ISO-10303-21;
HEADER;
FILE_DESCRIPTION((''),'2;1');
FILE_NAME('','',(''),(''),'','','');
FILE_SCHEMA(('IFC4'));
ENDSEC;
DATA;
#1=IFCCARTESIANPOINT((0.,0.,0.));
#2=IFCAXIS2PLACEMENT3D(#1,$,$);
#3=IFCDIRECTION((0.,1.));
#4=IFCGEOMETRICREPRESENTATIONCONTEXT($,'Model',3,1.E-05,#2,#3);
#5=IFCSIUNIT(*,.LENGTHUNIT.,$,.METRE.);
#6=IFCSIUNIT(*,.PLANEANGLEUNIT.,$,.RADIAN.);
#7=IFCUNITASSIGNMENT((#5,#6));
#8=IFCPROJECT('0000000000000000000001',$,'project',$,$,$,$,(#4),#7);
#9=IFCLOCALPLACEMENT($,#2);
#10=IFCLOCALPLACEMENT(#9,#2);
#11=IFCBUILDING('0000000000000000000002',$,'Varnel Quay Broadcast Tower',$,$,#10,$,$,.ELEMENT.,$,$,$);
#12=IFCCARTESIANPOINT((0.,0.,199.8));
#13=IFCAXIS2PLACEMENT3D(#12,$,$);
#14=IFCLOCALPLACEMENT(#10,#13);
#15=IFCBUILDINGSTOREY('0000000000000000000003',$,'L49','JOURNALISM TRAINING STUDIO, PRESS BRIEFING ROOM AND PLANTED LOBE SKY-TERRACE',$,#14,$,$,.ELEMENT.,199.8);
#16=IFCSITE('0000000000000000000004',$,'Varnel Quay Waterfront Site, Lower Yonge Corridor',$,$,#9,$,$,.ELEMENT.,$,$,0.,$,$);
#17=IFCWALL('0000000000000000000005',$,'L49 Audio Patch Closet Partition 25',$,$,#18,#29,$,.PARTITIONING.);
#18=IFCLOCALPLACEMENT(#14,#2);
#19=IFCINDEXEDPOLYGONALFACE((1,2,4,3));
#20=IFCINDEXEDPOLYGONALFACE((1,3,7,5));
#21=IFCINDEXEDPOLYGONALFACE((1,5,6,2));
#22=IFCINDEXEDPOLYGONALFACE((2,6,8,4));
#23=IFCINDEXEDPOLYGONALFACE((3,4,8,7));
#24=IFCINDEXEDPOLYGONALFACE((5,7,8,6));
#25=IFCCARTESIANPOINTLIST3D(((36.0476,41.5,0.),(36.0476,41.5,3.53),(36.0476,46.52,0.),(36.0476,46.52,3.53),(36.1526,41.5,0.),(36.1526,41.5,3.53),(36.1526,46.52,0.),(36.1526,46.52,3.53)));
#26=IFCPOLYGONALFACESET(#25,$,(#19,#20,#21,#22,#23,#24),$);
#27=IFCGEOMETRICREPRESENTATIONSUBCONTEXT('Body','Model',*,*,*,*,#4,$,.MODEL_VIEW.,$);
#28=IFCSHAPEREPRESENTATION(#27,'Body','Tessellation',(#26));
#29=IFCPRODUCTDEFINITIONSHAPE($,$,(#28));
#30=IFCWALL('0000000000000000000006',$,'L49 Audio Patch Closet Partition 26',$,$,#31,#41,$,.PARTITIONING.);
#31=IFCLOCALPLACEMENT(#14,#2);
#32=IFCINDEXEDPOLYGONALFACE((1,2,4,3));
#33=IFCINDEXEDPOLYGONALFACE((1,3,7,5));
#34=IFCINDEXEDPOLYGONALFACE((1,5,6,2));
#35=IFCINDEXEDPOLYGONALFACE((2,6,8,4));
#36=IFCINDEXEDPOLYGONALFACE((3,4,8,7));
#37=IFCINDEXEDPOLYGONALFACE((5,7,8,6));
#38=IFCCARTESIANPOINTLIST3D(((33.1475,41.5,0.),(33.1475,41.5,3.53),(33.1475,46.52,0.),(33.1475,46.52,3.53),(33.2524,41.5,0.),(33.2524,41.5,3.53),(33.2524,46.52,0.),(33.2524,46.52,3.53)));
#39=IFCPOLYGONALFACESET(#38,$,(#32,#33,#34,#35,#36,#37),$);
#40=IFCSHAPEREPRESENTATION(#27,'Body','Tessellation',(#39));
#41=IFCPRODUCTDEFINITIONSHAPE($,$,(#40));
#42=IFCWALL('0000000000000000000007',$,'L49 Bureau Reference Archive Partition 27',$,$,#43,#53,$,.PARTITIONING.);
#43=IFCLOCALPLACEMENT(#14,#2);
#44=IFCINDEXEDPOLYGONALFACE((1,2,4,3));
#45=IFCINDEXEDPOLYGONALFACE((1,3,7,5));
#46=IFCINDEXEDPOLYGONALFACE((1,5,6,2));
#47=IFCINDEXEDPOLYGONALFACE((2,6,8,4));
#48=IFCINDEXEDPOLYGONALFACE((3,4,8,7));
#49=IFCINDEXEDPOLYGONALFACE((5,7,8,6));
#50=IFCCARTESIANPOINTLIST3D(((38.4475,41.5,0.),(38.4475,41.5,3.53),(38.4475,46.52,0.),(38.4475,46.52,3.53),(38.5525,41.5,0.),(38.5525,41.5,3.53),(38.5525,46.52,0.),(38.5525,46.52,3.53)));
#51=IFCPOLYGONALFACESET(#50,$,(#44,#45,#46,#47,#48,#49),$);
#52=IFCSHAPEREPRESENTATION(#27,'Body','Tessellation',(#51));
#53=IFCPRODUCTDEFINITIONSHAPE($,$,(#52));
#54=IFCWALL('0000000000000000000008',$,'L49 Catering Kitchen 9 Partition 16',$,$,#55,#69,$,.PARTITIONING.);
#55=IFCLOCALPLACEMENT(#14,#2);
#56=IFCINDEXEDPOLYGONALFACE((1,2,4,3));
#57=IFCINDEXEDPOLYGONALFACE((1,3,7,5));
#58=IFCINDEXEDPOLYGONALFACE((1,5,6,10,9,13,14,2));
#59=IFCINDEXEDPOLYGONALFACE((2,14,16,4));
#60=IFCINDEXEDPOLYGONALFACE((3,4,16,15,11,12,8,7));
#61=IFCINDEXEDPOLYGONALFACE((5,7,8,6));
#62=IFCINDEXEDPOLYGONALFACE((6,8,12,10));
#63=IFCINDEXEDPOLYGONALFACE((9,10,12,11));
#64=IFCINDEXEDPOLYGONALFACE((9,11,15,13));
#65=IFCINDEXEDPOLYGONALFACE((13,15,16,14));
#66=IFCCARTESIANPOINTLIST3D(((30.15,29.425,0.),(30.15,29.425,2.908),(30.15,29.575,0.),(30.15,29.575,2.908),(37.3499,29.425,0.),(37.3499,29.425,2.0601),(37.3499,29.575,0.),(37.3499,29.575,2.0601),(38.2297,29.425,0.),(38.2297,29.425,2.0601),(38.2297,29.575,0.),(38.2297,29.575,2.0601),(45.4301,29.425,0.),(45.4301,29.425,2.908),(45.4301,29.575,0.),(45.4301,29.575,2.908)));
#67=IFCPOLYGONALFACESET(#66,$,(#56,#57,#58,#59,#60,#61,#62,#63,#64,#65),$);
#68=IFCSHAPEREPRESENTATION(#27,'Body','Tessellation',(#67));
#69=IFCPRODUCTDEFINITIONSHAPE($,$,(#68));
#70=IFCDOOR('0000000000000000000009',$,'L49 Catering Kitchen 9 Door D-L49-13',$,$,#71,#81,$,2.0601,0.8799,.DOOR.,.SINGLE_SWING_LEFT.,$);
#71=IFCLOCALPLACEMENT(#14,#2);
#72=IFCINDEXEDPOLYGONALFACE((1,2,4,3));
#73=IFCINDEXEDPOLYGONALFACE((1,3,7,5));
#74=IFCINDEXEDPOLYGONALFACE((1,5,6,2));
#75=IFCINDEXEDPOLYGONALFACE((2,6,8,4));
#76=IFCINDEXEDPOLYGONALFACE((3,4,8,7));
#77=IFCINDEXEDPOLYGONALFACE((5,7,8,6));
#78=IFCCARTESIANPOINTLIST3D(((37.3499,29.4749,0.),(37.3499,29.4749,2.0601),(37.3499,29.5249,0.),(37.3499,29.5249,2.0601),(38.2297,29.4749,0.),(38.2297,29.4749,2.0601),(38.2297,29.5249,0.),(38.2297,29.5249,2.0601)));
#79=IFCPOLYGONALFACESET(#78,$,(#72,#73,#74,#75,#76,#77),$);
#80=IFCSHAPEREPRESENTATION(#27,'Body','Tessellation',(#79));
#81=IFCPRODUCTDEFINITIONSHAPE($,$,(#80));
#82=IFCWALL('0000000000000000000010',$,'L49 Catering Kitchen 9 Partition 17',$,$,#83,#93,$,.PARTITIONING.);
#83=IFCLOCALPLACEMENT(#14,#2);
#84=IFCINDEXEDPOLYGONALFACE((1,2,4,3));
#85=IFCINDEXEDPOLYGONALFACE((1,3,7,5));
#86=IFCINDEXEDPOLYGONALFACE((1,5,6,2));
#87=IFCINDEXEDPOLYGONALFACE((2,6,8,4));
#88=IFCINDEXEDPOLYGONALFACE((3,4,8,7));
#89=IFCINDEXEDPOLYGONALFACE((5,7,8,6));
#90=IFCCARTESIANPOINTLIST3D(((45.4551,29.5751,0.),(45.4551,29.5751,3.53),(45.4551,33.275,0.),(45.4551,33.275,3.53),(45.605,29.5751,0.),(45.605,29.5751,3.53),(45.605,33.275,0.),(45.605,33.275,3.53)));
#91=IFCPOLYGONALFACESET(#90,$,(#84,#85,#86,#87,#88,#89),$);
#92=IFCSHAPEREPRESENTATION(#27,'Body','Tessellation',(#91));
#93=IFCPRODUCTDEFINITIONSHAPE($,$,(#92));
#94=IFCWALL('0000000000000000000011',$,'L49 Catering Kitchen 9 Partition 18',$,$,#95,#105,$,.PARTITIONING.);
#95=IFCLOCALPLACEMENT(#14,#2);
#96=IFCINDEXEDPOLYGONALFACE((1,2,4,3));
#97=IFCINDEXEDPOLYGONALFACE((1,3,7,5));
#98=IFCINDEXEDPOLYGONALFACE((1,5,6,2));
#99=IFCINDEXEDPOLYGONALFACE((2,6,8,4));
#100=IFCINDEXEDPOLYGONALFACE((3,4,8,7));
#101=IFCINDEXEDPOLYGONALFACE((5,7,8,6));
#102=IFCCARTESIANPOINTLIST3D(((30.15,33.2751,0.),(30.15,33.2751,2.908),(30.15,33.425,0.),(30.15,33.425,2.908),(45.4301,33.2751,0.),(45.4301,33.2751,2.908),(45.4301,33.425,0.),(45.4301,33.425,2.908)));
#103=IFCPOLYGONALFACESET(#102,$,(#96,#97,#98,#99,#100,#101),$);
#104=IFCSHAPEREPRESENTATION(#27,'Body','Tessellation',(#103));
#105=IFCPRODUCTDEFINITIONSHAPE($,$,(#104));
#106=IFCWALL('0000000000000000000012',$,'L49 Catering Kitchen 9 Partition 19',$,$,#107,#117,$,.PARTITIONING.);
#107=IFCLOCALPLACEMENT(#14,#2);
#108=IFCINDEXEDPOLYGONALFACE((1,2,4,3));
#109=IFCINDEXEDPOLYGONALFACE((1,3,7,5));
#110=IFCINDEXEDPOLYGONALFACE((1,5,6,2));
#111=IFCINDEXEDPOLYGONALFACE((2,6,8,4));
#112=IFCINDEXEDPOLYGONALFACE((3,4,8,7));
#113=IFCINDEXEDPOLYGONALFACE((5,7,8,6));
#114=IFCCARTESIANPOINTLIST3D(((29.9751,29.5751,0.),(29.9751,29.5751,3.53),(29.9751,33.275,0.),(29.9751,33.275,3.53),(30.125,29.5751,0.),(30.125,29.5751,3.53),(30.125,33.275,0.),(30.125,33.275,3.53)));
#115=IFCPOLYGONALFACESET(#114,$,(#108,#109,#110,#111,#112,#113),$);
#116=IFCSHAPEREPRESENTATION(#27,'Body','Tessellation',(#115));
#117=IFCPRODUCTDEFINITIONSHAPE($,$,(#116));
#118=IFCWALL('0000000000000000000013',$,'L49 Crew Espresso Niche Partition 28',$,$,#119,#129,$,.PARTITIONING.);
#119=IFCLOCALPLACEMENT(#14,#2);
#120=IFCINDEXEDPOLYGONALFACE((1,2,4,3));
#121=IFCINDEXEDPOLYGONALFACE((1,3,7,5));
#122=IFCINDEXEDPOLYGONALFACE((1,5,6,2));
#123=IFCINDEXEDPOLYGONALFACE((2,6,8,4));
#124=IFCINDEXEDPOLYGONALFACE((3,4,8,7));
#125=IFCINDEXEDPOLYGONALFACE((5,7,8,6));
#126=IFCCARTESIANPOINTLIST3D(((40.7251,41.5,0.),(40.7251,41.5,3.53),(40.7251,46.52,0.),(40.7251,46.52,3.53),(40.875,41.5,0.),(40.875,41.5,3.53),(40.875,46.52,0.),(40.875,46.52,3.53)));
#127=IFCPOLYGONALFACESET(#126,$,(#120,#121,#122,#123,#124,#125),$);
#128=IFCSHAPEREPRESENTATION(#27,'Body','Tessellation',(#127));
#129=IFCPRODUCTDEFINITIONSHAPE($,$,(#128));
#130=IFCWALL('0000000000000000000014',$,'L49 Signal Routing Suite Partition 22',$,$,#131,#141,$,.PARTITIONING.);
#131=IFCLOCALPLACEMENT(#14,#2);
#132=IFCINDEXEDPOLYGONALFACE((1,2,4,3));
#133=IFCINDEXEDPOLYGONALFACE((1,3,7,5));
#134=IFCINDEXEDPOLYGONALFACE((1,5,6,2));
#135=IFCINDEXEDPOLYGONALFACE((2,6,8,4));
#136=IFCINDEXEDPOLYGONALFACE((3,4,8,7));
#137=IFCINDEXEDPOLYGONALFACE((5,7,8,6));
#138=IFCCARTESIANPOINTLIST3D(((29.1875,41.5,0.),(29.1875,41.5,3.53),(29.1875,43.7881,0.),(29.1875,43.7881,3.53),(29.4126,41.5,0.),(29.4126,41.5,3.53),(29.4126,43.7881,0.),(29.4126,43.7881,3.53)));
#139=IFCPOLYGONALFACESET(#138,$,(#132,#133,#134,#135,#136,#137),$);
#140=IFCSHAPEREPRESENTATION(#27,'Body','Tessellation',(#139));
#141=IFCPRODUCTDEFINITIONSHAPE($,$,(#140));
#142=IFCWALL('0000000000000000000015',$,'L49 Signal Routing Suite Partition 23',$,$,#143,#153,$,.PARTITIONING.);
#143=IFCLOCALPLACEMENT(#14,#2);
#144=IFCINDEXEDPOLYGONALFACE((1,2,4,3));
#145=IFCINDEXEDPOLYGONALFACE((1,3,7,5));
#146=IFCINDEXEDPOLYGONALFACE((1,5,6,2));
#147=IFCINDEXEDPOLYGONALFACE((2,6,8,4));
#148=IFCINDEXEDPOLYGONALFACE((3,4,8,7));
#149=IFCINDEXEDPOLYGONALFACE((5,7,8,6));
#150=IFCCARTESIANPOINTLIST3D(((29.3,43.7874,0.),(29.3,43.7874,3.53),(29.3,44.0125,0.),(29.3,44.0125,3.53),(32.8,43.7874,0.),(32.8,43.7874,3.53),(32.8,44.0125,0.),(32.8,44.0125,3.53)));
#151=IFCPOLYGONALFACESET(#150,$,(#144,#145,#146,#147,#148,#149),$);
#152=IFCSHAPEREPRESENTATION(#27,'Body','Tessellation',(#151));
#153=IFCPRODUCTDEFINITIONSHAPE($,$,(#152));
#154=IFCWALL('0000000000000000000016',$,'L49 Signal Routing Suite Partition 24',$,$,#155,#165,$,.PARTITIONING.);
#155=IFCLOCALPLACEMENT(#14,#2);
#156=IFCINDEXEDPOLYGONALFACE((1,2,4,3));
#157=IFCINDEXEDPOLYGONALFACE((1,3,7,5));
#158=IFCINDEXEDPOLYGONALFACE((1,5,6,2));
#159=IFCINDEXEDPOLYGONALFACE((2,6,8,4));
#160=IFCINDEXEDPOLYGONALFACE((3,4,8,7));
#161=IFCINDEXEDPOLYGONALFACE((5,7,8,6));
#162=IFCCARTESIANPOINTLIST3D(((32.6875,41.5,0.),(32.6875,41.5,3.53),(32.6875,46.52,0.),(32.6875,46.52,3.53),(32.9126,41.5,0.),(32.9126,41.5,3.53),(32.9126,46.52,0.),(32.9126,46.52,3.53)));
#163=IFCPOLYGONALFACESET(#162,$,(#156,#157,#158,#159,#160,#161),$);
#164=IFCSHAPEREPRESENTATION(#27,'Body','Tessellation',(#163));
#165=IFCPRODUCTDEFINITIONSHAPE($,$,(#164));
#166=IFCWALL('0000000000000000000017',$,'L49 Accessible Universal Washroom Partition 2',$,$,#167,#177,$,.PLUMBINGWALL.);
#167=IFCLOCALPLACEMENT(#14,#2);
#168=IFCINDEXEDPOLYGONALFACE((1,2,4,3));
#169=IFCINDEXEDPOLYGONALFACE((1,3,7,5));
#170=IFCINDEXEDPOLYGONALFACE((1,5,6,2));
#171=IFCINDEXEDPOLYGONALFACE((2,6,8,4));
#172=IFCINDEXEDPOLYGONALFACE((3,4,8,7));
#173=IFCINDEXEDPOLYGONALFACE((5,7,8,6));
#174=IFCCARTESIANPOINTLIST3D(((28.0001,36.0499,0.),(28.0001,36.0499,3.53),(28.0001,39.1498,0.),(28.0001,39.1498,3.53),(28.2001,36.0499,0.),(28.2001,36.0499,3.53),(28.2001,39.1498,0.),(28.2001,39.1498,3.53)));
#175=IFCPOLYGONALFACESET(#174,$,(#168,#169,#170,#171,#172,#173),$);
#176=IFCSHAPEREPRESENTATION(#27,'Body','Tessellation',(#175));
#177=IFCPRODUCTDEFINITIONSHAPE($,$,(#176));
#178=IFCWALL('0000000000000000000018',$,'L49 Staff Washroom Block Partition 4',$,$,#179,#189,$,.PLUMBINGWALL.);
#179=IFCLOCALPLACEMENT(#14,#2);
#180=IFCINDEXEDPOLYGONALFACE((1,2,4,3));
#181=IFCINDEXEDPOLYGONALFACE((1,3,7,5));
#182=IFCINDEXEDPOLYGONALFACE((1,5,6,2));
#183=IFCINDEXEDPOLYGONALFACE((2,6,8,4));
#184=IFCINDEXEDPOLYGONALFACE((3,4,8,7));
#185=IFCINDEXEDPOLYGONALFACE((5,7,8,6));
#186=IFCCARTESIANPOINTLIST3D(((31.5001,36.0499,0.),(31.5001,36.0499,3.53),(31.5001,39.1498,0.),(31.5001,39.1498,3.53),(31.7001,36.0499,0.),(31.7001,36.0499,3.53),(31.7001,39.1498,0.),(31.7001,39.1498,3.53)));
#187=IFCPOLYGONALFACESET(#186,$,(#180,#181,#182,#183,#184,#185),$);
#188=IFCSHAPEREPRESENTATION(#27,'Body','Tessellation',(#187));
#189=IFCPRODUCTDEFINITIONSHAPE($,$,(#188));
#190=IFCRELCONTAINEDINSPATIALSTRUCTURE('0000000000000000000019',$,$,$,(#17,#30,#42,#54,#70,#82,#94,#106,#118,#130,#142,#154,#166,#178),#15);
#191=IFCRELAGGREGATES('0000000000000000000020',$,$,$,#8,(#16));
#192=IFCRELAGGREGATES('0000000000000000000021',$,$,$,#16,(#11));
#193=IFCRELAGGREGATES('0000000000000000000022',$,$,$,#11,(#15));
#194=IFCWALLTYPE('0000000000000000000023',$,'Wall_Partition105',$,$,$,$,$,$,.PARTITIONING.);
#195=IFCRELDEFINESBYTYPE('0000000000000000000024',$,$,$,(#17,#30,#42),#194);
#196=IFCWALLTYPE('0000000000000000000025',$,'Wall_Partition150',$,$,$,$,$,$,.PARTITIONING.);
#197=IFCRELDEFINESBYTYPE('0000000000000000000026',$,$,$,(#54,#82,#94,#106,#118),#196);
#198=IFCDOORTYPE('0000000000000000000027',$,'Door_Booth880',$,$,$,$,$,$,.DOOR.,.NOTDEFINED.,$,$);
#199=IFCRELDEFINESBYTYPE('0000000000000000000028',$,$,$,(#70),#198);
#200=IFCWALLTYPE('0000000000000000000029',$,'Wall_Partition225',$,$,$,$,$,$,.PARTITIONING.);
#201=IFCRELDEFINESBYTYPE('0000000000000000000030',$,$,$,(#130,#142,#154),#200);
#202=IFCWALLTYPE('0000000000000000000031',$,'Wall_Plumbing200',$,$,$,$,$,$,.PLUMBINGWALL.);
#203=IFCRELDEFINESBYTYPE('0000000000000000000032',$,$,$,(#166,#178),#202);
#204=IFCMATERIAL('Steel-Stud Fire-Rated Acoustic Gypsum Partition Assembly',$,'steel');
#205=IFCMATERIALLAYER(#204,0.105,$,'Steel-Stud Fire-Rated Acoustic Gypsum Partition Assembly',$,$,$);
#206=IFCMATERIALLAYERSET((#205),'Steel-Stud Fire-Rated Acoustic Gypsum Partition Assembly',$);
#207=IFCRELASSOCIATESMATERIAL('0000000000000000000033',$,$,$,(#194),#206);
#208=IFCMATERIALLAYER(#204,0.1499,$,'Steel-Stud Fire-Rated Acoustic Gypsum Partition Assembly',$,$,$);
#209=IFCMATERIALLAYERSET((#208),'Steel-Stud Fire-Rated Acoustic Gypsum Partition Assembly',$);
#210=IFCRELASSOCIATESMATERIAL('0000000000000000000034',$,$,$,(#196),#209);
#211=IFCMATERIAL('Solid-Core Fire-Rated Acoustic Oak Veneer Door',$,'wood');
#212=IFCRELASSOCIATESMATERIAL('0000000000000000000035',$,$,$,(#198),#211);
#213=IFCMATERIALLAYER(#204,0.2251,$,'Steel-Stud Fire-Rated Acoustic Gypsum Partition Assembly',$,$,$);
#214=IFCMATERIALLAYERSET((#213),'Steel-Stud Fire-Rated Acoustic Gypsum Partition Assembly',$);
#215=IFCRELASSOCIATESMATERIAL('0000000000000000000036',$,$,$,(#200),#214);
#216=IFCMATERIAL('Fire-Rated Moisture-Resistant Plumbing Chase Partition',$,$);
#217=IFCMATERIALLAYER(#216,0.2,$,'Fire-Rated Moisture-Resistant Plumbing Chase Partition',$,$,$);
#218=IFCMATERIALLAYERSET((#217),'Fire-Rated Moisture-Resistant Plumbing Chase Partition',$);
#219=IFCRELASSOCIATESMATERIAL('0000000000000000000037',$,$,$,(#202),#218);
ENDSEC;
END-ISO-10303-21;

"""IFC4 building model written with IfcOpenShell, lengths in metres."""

from ifc_helpers import new_model, si_unit, direction, frame, frame_2d, origin, place, context, subcontext, project, spatial, rectangle, extrude, source, transform, mapped, material, layer, layer_set, type_object, type_shapes, element, fill, save


model = new_model("IFC4")

# Units and contexts
model_context = context("Model", 3, precision=1e-05, world=origin(), true_north=direction((0.0, 1.0)))
body_context = subcontext(model_context, "Body", "Model", "MODEL_VIEW")
ifc_project = project(units=[si_unit("LENGTHUNIT", "METRE"), si_unit("PLANEANGLEUNIT", "RADIAN")], contexts=[model_context])

# Site, building, storey
site_placement = place(None, origin())
site = spatial("IfcSite", under=ifc_project, at=site_placement, Name="Varnel Quay Waterfront Site, Lower Yonge Corridor", CompositionType="ELEMENT", RefElevation=0.0)
building_placement = place(site_placement, origin())
building = spatial("IfcBuilding", under=site, at=building_placement, Name="Varnel Quay Broadcast Tower", CompositionType="ELEMENT")
storey_placement = place(building_placement, frame((0.0, 0.0, 199.8)))
storey = spatial("IfcBuildingStorey", under=building, at=storey_placement, Name="L49", Description="JOURNALISM TRAINING STUDIO, PRESS BRIEFING ROOM AND PLANTED LOBE SKY-TERRACE", CompositionType="ELEMENT", Elevation=199.8)

# Walls
ifc_material_1 = material(Name="Steel-Stud Fire-Rated Acoustic Gypsum Partition Assembly", Category="steel")
ifc_layer_1 = layer(ifc_material_1, 0.105, Name="Steel-Stud Fire-Rated Acoustic Gypsum Partition Assembly")
ifc_layer_set_1 = layer_set([ifc_layer_1], Name="Steel-Stud Fire-Rated Acoustic Gypsum Partition Assembly")
wall_type_1 = type_object("IfcWallType", Name="Wall_Partition105", PredefinedType="PARTITIONING", material=ifc_layer_set_1)
for number, where, z_axis, x_axis, name in (
    (1, (36.1001, 41.5, 0.0), (0.0, 0.0, 1.0), (0.0, 1.0, 0.0), "L49 Audio Patch Closet Partition 25"),
    (2, (33.2, 41.5, 0.0), (0.0, 0.0, 1.0), (0.0, 1.0, 0.0), "L49 Audio Patch Closet Partition 26"),
    (3, (38.5, 41.5, 0.0), (0.0, 0.0, 1.0), (0.0, 1.0, 0.0), "L49 Bureau Reference Archive Partition 27"),
):
    element("IfcWall", number, at=place(storey_placement, frame(where, z_axis=z_axis, x_axis=x_axis)), inside=storey, type_object=wall_type_1, Name=name, PredefinedType="PARTITIONING", context=body_context, shape_type="SweptSolid", body=[
        extrude(rectangle(XDim=5.02, YDim=0.105, at=frame_2d((2.51, 0.0))), origin(), (0.0, 0.0, 1.0), 3.53),
    ])

# Wall, opening, door
ifc_layer_2 = layer(ifc_material_1, 0.1499, Name="Steel-Stud Fire-Rated Acoustic Gypsum Partition Assembly")
ifc_layer_set_2 = layer_set([ifc_layer_2], Name="Steel-Stud Fire-Rated Acoustic Gypsum Partition Assembly")
wall_type_2 = type_object("IfcWallType", Name="Wall_Partition150", PredefinedType="PARTITIONING", material=ifc_layer_set_2)
wall_1_placement = place(storey_placement, frame((30.1499, 29.5, 0.0), z_axis=(0.0, 0.0, 1.0), x_axis=(1.0, 0.0, 0.0)))
wall_1 = element("IfcWall", 4, at=wall_1_placement, inside=storey, type_object=wall_type_2, Name="L49 Catering Kitchen 9 Partition 16", PredefinedType="PARTITIONING", context=body_context, shape_type="SweptSolid", body=[
    extrude(rectangle(XDim=15.28, YDim=0.1499, at=frame_2d((7.6401, 0.0))), origin(), (0.0, 0.0, 1.0), 2.908),
])
opening_1_placement = place(wall_1_placement, frame((7.2, 0.0, 0.0)))
opening_1 = element("IfcOpeningElement", 5, at=opening_1_placement, cuts=wall_1, PredefinedType="OPENING", context=body_context, shape_type="SweptSolid", body=[
    extrude(rectangle(XDim=0.8799, YDim=2.0601, at=frame_2d((0.4399, 1.03))), frame((0.0, 0.085, 0.0), z_axis=(0.0, -1.0, 0.0), x_axis=(1.0, 0.0, 0.0)), (0.0, 0.0, 1.0), 0.1699),
])
ifc_material_2 = material(Name="Solid-Core Fire-Rated Acoustic Oak Veneer Door", Category="wood")
door_type_1 = type_object("IfcDoorType", Name="Door_Booth880", OperationType="NOTDEFINED", PredefinedType="DOOR", material=ifc_material_2)
shared_shape_1 = source(origin(), body_context, "Body", "SweptSolid", [
    extrude(rectangle(XDim=0.8799, YDim=2.0601, at=frame_2d((0.4399, 1.03))), frame((0.0, 0.0249, 0.0), z_axis=(0.0, -1.0, 0.0), x_axis=(1.0, 0.0, 0.0)), (0.0, 0.0, 1.0), 0.05),
])
type_shapes(door_type_1, [shared_shape_1])
door_1_placement = place(opening_1_placement, origin())
door_1 = element("IfcDoor", 6, at=door_1_placement, inside=storey, type_object=door_type_1, Name="L49 Catering Kitchen 9 Door D-L49-13", OperationType="SINGLE_SWING_LEFT", OverallHeight=2.0601, OverallWidth=0.8799, PredefinedType="DOOR", context=body_context, shape_type="MappedRepresentation", body=[
    mapped(shared_shape_1, transform((0.0, 0.0, 0.0), x_axis=(1.0, 0.0, 0.0), y_axis=(0.0, 1.0, 0.0), z_axis=(0.0, 0.0, 1.0), scale=1.0)),
])
fill(opening_1, door_1)

# Walls
wall_2_placement = place(storey_placement, frame((45.53, 29.575, 0.0), z_axis=(0.0, 0.0, 1.0), x_axis=(0.0, 1.0, 0.0)))
element("IfcWall", 7, at=wall_2_placement, inside=storey, type_object=wall_type_2, Name="L49 Catering Kitchen 9 Partition 17", PredefinedType="PARTITIONING", context=body_context, shape_type="SweptSolid", body=[
    extrude(rectangle(XDim=3.7, YDim=0.1499, at=frame_2d((1.8501, 0.0))), origin(), (0.0, 0.0, 1.0), 3.53),
])
wall_3_placement = place(storey_placement, frame((30.1499, 33.3501, 0.0), z_axis=(0.0, 0.0, 1.0), x_axis=(1.0, 0.0, 0.0)))
element("IfcWall", 8, at=wall_3_placement, inside=storey, type_object=wall_type_2, Name="L49 Catering Kitchen 9 Partition 18", PredefinedType="PARTITIONING", context=body_context, shape_type="SweptSolid", body=[
    extrude(rectangle(XDim=15.28, YDim=0.1499, at=frame_2d((7.6401, 0.0))), origin(), (0.0, 0.0, 1.0), 2.908),
])
wall_4_placement = place(storey_placement, frame((30.05, 29.575, 0.0), z_axis=(0.0, 0.0, 1.0), x_axis=(0.0, 1.0, 0.0)))
element("IfcWall", 9, at=wall_4_placement, inside=storey, type_object=wall_type_2, Name="L49 Catering Kitchen 9 Partition 19", PredefinedType="PARTITIONING", context=body_context, shape_type="SweptSolid", body=[
    extrude(rectangle(XDim=3.7, YDim=0.1499, at=frame_2d((1.8501, 0.0))), origin(), (0.0, 0.0, 1.0), 3.53),
])
wall_5_placement = place(storey_placement, frame((40.8, 41.5, 0.0), z_axis=(0.0, 0.0, 1.0), x_axis=(0.0, 1.0, 0.0)))
element("IfcWall", 10, at=wall_5_placement, inside=storey, type_object=wall_type_2, Name="L49 Crew Espresso Niche Partition 28", PredefinedType="PARTITIONING", context=body_context, shape_type="SweptSolid", body=[
    extrude(rectangle(XDim=5.02, YDim=0.1499, at=frame_2d((2.51, 0.0))), origin(), (0.0, 0.0, 1.0), 3.53),
])
ifc_layer_3 = layer(ifc_material_1, 0.2251, Name="Steel-Stud Fire-Rated Acoustic Gypsum Partition Assembly")
ifc_layer_set_3 = layer_set([ifc_layer_3], Name="Steel-Stud Fire-Rated Acoustic Gypsum Partition Assembly")
wall_type_3 = type_object("IfcWallType", Name="Wall_Partition225", PredefinedType="PARTITIONING", material=ifc_layer_set_3)
wall_6_placement = place(storey_placement, frame((29.3, 41.5, 0.0), z_axis=(0.0, 0.0, 1.0), x_axis=(0.0, 1.0, 0.0)))
element("IfcWall", 11, at=wall_6_placement, inside=storey, type_object=wall_type_3, Name="L49 Signal Routing Suite Partition 22", PredefinedType="PARTITIONING", context=body_context, shape_type="SweptSolid", body=[
    extrude(rectangle(XDim=2.2881, YDim=0.2251, at=frame_2d((1.144, 0.0))), origin(), (0.0, 0.0, 1.0), 3.53),
])
wall_7_placement = place(storey_placement, frame((29.3, 43.8999, 0.0), z_axis=(0.0, 0.0, 1.0), x_axis=(1.0, 0.0, 0.0)))
element("IfcWall", 12, at=wall_7_placement, inside=storey, type_object=wall_type_3, Name="L49 Signal Routing Suite Partition 23", PredefinedType="PARTITIONING", context=body_context, shape_type="SweptSolid", body=[
    extrude(rectangle(XDim=3.5, YDim=0.2251, at=frame_2d((1.75, 0.0))), origin(), (0.0, 0.0, 1.0), 3.53),
])
wall_8_placement = place(storey_placement, frame((32.8, 41.5, 0.0), z_axis=(0.0, 0.0, 1.0), x_axis=(0.0, 1.0, 0.0)))
element("IfcWall", 13, at=wall_8_placement, inside=storey, type_object=wall_type_3, Name="L49 Signal Routing Suite Partition 24", PredefinedType="PARTITIONING", context=body_context, shape_type="SweptSolid", body=[
    extrude(rectangle(XDim=5.02, YDim=0.2251, at=frame_2d((2.51, 0.0))), origin(), (0.0, 0.0, 1.0), 3.53),
])
ifc_material_3 = material(Name="Fire-Rated Moisture-Resistant Plumbing Chase Partition")
ifc_layer_4 = layer(ifc_material_3, 0.2, Name="Fire-Rated Moisture-Resistant Plumbing Chase Partition")
ifc_layer_set_4 = layer_set([ifc_layer_4], Name="Fire-Rated Moisture-Resistant Plumbing Chase Partition")
wall_type_4 = type_object("IfcWallType", Name="Wall_Plumbing200", PredefinedType="PLUMBINGWALL", material=ifc_layer_set_4)
for number, where, z_axis, x_axis, name in (
    (14, (28.1001, 36.05, 0.0), (0.0, 0.0, 1.0), (0.0, 1.0, 0.0), "L49 Accessible Universal Washroom Partition 2"),
    (15, (31.6001, 36.05, 0.0), (0.0, 0.0, 1.0), (0.0, 1.0, 0.0), "L49 Staff Washroom Block Partition 4"),
):
    element("IfcWall", number, at=place(storey_placement, frame(where, z_axis=z_axis, x_axis=x_axis)), inside=storey, type_object=wall_type_4, Name=name, PredefinedType="PLUMBINGWALL", context=body_context, shape_type="SweptSolid", body=[
        extrude(rectangle(XDim=3.0999, YDim=0.2, at=frame_2d((1.5498, 0.0))), origin(), (0.0, 0.0, 1.0), 3.53),
    ])

save(model, "model.ifc")
